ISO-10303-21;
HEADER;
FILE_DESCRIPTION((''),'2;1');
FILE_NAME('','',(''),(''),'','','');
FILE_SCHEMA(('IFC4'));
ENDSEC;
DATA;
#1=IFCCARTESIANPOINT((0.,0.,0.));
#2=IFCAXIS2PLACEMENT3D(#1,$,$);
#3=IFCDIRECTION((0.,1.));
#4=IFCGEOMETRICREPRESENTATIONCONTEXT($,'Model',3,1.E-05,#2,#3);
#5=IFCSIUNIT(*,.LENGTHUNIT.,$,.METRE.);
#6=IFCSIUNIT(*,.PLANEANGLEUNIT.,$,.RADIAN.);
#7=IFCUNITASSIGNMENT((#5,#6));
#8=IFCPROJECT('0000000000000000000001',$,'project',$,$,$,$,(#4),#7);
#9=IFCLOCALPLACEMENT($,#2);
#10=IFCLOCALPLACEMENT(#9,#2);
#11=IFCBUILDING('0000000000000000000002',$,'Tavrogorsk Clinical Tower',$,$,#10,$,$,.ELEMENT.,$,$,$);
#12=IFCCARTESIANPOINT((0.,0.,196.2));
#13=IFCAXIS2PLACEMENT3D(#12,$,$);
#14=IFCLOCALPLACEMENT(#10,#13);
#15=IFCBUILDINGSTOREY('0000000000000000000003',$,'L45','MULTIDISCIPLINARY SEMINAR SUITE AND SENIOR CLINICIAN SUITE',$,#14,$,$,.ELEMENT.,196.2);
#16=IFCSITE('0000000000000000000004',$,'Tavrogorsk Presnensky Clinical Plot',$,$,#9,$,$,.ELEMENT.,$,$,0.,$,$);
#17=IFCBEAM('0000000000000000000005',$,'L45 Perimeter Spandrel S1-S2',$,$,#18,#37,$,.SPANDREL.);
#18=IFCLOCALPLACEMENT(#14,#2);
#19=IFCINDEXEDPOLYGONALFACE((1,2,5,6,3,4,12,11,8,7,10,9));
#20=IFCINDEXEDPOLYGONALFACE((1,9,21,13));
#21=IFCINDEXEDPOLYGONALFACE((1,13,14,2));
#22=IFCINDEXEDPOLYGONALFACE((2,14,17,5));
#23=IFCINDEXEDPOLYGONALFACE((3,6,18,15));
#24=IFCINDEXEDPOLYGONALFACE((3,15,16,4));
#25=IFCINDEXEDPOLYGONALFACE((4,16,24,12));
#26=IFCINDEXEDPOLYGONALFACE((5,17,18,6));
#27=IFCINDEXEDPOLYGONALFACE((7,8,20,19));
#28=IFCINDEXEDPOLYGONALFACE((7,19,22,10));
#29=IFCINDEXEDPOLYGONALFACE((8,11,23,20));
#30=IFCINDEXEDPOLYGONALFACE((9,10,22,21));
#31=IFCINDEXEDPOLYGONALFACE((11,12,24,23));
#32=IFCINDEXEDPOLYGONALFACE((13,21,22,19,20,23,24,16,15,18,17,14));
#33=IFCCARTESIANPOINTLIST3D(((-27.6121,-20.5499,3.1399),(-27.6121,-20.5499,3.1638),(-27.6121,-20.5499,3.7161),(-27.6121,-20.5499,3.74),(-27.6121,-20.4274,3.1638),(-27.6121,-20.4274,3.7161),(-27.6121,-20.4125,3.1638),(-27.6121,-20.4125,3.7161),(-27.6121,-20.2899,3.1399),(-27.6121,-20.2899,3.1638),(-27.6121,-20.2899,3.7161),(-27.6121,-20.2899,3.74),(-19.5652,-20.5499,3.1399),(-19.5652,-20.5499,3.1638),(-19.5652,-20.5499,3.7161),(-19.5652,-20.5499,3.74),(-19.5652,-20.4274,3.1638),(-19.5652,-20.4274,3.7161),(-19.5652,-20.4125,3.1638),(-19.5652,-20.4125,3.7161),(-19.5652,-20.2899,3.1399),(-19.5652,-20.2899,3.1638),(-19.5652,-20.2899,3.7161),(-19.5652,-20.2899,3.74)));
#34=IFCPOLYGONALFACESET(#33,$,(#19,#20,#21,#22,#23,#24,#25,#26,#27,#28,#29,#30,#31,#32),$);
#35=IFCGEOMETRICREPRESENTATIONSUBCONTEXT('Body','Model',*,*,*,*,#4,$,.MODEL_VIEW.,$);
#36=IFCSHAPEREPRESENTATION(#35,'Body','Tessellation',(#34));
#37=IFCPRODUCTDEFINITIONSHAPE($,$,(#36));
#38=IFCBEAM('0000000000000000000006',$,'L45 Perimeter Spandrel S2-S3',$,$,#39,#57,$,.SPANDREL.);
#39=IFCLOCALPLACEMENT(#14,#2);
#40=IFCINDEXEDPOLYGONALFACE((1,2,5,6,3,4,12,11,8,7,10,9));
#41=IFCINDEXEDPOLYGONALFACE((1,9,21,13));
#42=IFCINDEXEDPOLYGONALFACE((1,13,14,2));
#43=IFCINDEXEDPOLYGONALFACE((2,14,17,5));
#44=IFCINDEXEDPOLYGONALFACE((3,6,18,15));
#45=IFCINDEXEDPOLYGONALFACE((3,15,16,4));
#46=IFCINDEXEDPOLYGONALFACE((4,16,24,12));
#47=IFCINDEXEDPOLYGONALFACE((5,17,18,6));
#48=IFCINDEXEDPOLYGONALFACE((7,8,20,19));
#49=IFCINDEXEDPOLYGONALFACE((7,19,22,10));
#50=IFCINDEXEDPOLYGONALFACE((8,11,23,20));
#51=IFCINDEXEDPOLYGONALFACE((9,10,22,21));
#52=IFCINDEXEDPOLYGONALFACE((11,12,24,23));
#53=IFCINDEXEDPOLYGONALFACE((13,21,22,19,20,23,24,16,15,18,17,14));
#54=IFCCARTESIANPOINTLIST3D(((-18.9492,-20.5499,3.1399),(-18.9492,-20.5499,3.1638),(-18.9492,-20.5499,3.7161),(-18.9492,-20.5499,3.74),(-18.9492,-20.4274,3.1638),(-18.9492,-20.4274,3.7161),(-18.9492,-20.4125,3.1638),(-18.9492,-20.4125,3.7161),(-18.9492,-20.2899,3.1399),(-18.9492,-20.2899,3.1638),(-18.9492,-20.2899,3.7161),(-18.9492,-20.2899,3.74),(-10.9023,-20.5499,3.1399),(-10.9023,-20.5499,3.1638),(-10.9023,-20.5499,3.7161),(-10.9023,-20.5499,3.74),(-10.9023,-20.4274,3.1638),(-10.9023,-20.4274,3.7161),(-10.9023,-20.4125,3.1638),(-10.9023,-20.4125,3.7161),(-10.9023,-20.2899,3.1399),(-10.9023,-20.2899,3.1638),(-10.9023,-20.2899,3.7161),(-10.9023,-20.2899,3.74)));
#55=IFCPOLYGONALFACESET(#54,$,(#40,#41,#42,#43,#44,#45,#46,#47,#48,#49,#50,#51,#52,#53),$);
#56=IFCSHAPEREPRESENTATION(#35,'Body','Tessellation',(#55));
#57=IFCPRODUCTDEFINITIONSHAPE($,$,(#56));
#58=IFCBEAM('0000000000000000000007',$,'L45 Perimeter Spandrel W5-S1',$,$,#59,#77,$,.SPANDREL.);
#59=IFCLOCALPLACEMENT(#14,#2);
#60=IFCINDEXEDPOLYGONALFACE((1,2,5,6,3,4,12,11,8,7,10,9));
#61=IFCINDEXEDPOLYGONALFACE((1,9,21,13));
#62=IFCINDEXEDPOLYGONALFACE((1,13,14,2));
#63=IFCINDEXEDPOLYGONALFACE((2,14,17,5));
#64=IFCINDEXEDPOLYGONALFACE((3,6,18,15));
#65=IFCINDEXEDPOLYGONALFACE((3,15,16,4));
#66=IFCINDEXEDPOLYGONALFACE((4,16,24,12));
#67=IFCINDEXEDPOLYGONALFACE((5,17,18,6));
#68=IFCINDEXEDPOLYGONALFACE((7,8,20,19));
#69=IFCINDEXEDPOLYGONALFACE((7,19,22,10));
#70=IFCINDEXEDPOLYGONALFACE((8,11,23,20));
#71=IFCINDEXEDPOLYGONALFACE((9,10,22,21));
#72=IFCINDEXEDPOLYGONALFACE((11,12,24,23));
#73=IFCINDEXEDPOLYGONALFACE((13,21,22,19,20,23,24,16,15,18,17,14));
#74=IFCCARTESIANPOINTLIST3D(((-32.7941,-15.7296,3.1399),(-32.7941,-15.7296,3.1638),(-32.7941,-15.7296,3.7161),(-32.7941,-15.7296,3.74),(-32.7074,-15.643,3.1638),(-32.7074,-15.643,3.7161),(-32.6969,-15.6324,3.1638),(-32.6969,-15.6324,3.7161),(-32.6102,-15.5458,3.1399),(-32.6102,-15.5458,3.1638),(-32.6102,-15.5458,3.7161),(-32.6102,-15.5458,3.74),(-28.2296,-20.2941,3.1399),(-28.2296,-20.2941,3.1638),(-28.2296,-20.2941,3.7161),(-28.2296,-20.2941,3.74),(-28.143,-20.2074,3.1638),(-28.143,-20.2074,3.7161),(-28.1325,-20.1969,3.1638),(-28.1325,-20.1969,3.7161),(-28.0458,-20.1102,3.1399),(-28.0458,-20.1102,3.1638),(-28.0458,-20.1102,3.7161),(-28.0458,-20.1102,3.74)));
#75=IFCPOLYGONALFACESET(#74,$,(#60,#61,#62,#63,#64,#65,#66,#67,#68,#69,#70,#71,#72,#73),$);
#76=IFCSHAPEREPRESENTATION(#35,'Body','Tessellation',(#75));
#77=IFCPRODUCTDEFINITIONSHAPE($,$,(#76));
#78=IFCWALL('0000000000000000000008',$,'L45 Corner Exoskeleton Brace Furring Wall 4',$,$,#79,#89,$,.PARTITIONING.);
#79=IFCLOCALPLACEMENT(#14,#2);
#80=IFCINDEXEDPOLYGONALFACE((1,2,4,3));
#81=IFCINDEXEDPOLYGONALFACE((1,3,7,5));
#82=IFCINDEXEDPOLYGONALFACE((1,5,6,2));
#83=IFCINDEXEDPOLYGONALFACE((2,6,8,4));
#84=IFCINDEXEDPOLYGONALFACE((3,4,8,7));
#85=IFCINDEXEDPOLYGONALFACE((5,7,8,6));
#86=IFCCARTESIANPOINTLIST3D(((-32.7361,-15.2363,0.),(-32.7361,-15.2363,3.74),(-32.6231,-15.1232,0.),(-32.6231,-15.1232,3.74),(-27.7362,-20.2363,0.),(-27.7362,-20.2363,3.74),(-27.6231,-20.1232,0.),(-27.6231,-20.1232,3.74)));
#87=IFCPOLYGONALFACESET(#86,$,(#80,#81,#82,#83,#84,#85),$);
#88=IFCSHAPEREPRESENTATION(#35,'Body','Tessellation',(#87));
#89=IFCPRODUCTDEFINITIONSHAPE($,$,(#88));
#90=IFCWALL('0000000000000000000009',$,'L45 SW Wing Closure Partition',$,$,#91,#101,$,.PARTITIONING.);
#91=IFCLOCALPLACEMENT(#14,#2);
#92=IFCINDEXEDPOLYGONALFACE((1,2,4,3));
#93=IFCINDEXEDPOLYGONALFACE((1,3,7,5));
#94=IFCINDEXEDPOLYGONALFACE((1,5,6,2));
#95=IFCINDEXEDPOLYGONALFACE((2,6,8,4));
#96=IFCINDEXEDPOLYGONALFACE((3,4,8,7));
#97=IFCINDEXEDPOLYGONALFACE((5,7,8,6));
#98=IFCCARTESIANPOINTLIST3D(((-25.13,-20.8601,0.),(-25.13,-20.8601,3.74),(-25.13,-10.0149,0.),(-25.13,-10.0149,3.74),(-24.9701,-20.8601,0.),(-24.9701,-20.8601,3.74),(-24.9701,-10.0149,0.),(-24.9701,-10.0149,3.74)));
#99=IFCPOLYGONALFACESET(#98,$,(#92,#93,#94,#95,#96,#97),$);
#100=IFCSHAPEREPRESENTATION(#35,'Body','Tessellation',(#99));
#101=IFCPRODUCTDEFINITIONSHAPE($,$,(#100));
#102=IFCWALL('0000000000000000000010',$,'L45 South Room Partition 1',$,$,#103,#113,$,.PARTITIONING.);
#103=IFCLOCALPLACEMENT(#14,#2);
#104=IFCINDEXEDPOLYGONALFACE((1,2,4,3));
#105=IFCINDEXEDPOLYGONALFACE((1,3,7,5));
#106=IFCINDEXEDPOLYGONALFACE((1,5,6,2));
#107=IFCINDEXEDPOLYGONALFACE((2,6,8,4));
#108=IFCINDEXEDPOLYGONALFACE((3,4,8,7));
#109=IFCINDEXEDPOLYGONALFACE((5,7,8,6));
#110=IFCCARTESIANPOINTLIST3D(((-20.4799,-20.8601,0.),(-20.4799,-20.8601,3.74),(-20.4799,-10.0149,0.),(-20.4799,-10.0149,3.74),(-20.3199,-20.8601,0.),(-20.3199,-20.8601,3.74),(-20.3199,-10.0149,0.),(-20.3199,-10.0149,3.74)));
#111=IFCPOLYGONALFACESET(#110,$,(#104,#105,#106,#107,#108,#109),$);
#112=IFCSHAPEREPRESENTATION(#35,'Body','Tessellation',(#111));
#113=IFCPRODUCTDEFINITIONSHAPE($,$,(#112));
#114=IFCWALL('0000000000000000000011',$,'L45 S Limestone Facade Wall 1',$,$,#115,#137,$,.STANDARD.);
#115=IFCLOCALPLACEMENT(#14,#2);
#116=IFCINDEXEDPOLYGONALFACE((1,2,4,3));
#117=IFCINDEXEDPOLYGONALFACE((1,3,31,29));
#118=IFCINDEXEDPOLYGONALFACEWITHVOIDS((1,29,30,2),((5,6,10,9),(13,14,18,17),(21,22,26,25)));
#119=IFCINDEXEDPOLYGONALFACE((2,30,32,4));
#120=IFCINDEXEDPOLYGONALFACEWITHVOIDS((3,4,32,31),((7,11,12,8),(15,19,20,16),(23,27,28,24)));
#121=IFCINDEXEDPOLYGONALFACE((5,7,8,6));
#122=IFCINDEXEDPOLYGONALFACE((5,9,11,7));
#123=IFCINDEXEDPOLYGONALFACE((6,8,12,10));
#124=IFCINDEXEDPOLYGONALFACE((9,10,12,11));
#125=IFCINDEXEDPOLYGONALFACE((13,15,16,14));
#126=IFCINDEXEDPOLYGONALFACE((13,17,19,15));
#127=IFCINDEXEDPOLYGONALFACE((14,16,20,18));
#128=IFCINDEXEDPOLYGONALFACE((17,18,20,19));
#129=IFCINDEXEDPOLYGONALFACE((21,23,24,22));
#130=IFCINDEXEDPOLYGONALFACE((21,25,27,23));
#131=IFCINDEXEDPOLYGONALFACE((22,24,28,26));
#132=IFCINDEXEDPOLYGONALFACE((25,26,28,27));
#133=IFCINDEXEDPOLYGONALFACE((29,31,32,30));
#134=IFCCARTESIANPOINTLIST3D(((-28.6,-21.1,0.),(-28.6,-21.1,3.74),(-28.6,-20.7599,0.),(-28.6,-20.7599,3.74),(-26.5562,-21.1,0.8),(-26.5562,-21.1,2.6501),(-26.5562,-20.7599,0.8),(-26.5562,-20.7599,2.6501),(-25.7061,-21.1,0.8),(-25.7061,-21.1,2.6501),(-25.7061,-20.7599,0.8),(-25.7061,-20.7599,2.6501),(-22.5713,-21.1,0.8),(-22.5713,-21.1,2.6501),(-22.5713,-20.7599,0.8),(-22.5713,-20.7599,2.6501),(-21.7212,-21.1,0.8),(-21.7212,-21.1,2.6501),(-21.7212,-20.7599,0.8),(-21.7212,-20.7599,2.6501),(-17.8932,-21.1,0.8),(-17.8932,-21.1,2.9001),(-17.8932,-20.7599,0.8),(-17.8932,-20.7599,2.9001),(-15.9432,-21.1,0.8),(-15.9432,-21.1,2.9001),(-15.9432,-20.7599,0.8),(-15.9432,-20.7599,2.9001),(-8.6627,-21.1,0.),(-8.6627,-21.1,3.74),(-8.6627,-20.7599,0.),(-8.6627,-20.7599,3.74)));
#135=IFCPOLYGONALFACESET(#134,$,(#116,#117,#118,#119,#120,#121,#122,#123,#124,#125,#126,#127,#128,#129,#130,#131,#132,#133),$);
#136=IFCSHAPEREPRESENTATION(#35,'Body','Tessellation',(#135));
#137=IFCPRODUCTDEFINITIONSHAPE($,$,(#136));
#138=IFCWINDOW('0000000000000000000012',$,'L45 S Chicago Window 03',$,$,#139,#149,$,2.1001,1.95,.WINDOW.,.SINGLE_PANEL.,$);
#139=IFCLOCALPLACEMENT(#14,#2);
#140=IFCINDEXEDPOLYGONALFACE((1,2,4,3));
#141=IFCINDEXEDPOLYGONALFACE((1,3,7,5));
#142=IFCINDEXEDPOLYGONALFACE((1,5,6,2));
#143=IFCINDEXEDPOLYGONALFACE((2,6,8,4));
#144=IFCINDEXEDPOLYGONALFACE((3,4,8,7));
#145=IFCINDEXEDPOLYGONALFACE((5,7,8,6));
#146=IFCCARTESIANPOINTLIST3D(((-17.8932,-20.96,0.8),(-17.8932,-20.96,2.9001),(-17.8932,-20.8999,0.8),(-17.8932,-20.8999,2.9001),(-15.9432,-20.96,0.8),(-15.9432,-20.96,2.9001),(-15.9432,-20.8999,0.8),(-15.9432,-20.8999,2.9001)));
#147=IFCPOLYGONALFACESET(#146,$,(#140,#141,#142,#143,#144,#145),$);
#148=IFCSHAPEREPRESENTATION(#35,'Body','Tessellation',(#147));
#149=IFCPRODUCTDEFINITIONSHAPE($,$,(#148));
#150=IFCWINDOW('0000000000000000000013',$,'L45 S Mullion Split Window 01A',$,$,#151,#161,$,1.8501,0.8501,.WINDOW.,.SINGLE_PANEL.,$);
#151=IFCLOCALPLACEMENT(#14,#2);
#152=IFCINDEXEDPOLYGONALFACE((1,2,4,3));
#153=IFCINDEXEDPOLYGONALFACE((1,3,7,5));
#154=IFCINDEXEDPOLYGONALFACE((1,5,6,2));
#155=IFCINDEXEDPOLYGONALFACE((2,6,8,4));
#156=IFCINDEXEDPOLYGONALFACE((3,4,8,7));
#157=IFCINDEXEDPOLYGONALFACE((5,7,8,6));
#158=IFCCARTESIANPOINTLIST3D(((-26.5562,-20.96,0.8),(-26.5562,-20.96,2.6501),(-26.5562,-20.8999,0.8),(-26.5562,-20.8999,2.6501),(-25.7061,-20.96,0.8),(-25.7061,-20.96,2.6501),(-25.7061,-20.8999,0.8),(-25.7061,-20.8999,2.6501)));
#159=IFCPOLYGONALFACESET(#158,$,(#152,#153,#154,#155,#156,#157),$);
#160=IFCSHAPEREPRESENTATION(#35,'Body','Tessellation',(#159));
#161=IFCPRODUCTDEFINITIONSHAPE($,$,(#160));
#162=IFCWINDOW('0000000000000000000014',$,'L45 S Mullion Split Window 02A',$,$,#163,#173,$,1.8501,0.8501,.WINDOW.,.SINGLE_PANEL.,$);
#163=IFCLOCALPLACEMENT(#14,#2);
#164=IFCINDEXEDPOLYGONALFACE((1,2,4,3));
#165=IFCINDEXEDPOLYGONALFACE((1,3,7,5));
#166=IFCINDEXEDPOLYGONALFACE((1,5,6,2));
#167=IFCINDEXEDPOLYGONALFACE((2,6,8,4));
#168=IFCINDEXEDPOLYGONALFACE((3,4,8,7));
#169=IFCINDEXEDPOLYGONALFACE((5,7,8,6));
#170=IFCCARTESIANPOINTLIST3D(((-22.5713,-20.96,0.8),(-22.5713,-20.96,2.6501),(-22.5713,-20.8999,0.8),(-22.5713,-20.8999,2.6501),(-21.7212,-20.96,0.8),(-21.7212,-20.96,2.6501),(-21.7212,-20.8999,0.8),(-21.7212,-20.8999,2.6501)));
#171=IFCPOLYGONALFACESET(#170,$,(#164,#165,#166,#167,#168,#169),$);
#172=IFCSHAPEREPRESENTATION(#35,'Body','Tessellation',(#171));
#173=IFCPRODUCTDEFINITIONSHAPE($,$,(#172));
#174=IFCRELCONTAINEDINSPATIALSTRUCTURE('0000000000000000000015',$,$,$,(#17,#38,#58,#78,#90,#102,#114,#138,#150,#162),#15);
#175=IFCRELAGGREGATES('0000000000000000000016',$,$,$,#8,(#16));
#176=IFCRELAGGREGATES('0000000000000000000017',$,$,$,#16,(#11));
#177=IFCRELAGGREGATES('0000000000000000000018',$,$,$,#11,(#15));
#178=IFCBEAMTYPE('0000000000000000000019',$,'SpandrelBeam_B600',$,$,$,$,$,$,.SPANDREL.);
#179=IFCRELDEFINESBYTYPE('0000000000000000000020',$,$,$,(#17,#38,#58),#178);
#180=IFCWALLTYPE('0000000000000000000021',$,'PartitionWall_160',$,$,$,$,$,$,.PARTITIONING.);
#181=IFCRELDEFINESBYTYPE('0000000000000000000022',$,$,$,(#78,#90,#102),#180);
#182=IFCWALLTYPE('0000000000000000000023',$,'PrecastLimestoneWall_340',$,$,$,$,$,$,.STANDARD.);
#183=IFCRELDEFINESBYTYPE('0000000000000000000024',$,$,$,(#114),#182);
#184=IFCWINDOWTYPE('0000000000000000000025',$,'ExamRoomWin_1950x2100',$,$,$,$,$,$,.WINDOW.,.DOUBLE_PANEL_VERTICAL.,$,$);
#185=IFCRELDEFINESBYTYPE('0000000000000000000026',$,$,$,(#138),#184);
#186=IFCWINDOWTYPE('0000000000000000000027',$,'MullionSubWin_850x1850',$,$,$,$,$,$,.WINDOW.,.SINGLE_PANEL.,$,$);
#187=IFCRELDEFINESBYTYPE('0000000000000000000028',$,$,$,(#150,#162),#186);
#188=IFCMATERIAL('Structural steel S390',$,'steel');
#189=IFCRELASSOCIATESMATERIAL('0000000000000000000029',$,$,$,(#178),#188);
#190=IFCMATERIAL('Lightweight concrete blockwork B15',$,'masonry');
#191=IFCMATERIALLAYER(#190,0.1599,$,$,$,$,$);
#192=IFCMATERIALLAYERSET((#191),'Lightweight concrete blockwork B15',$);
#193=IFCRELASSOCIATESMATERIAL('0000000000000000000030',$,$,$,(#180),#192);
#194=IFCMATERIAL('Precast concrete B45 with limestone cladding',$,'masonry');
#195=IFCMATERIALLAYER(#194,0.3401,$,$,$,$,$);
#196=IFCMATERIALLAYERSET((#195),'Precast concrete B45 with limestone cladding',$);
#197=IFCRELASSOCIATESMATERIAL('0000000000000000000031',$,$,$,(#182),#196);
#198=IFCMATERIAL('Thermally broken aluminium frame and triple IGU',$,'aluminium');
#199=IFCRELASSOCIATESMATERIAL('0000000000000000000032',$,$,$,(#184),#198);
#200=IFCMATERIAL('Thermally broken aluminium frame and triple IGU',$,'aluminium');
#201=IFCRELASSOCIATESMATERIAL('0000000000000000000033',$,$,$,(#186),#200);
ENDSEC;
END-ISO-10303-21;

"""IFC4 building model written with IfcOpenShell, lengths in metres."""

from ifc_helpers import new_model, si_unit, direction, frame, frame_2d, origin, origin_2d, place, context, subcontext, project, spatial, rectangle, i_section, extrude, material, layer, layer_set, material_profile, profile_set, type_object, element, fill, save


model = new_model("IFC4")

# Units and contexts
model_context = context("Model", 3, precision=1e-05, world=origin(), true_north=direction((0.0, 1.0)))
body_context = subcontext(model_context, "Body", "Model", "MODEL_VIEW")
ifc_project = project(units=[si_unit("LENGTHUNIT", "METRE"), si_unit("PLANEANGLEUNIT", "RADIAN")], contexts=[model_context])

# Site, building, storey
site_placement = place(None, origin())
site = spatial("IfcSite", under=ifc_project, at=site_placement, Name="Tavrogorsk Presnensky Clinical Plot", CompositionType="ELEMENT", RefElevation=0.0)
building_placement = place(site_placement, origin())
building = spatial("IfcBuilding", under=site, at=building_placement, Name="Tavrogorsk Clinical Tower", CompositionType="ELEMENT")
storey_placement = place(building_placement, frame((0.0, 0.0, 196.2)))
storey = spatial("IfcBuildingStorey", under=building, at=storey_placement, Name="L45", Description="MULTIDISCIPLINARY SEMINAR SUITE AND SENIOR CLINICIAN SUITE", CompositionType="ELEMENT", Elevation=196.2)

# Beams
ifc_material_1 = material(Name="Structural steel S390", Category="steel")
ifc_material_profile_1 = material_profile(ifc_material_1, i_section(OverallWidth=0.26, OverallDepth=0.6001, WebThickness=0.0149, FlangeThickness=0.0239, at=origin_2d()), Name="B-600x260x15x24")
ifc_profile_set_1 = profile_set([ifc_material_profile_1], Name="Structural steel S390")
beam_type_1 = type_object("IfcBeamType", Name="SpandrelBeam_B600", PredefinedType="SPANDREL", material=ifc_profile_set_1)
for number, where, z_axis, x_axis, name in (
    (1, (-27.6121, -20.4199, 3.4399), (1.0, 0.0, 0.0), (0.0, 1.0, 0.0), "L45 Perimeter Spandrel S1-S2"),
    (2, (-18.9492, -20.4199, 3.4399), (1.0, 0.0, 0.0), (0.0, 1.0, 0.0), "L45 Perimeter Spandrel S2-S3"),
):
    element("IfcBeam", number, at=place(storey_placement, frame(where, z_axis=z_axis, x_axis=x_axis)), inside=storey, type_object=beam_type_1, Name=name, PredefinedType="SPANDREL", context=body_context, shape_type="SweptSolid", body=[
        extrude(i_section(OverallWidth=0.26, OverallDepth=0.6001, WebThickness=0.0149, FlangeThickness=0.0239, at=origin_2d()), origin(), (0.0, 0.0, 1.0), 8.0469),
    ])
beam_1_placement = place(storey_placement, frame((-32.7021, -15.6377, 3.4399), z_axis=(0.707107, -0.707107, 0.0), x_axis=(0.707107, 0.707107, 0.0)))
element("IfcBeam", 3, at=beam_1_placement, inside=storey, type_object=beam_type_1, Name="L45 Perimeter Spandrel W5-S1", PredefinedType="SPANDREL", context=body_context, shape_type="SweptSolid", body=[
    extrude(i_section(OverallWidth=0.26, OverallDepth=0.6001, WebThickness=0.0149, FlangeThickness=0.0239, at=origin_2d()), origin(), (0.0, 0.0, 1.0), 6.4551),
])

# Walls
ifc_material_2 = material(Name="Lightweight concrete blockwork B15", Category="masonry")
ifc_layer_1 = layer(ifc_material_2, 0.1599)
ifc_layer_set_1 = layer_set([ifc_layer_1], Name="Lightweight concrete blockwork B15")
wall_type_1 = type_object("IfcWallType", Name="PartitionWall_160", PredefinedType="PARTITIONING", material=ifc_layer_set_1)
wall_1_placement = place(storey_placement, frame((-32.6797, -15.1797, 0.0), z_axis=(0.0, 0.0, 1.0), x_axis=(0.707107, -0.707107, 0.0)))
element("IfcWall", 4, at=wall_1_placement, inside=storey, type_object=wall_type_1, Name="L45 Corner Exoskeleton Brace Furring Wall 4", PredefinedType="PARTITIONING", context=body_context, shape_type="SweptSolid", body=[
    extrude(rectangle(XDim=7.071, YDim=0.1599, at=frame_2d((3.5356, 0.0))), origin(), (0.0, 0.0, 1.0), 3.74),
])
for number, where, z_axis, x_axis, name in (
    (5, (-25.05, -20.8601, 0.0), (0.0, 0.0, 1.0), (0.0, 1.0, 0.0), "L45 SW Wing Closure Partition"),
    (6, (-20.3999, -20.8601, 0.0), (0.0, 0.0, 1.0), (0.0, 1.0, 0.0), "L45 South Room Partition 1"),
):
    element("IfcWall", number, at=place(storey_placement, frame(where, z_axis=z_axis, x_axis=x_axis)), inside=storey, type_object=wall_type_1, Name=name, PredefinedType="PARTITIONING", context=body_context, shape_type="SweptSolid", body=[
        extrude(rectangle(XDim=10.8452, YDim=0.1599, at=frame_2d((5.4226, 0.0))), origin(), (0.0, 0.0, 1.0), 3.74),
    ])

# Wall, openings, windows
ifc_material_3 = material(Name="Precast concrete B45 with limestone cladding", Category="masonry")
ifc_layer_2 = layer(ifc_material_3, 0.3401)
ifc_layer_set_2 = layer_set([ifc_layer_2], Name="Precast concrete B45 with limestone cladding")
wall_type_2 = type_object("IfcWallType", Name="PrecastLimestoneWall_340", PredefinedType="STANDARD", material=ifc_layer_set_2)
wall_2_placement = place(storey_placement, frame((-28.6001, -20.9299, 0.0), z_axis=(0.0, 0.0, 1.0), x_axis=(1.0, 0.0, 0.0)))
wall_2 = element("IfcWall", 7, at=wall_2_placement, inside=storey, type_object=wall_type_2, Name="L45 S Limestone Facade Wall 1", PredefinedType="STANDARD", context=body_context, shape_type="SweptSolid", body=[
    extrude(rectangle(XDim=19.9373, YDim=0.3401, at=frame_2d((9.9688, 0.0))), origin(), (0.0, 0.0, 1.0), 3.74),
])
opening_1_placement = place(wall_2_placement, frame((2.0439, 0.0, 0.8)))
opening_1 = element("IfcOpeningElement", 8, at=opening_1_placement, cuts=wall_2, PredefinedType="OPENING", context=body_context, shape_type="SweptSolid", body=[
    extrude(rectangle(XDim=0.8501, YDim=1.8501, at=frame_2d((0.425, 0.925))), frame((0.0, 0.1799, 0.0), z_axis=(0.0, -1.0, 0.0), x_axis=(1.0, 0.0, 0.0)), (0.0, 0.0, 1.0), 0.3601),
])
opening_2_placement = place(wall_2_placement, frame((6.0288, 0.0, 0.8)))
opening_2 = element("IfcOpeningElement", 9, at=opening_2_placement, cuts=wall_2, PredefinedType="OPENING", context=body_context, shape_type="SweptSolid", body=[
    extrude(rectangle(XDim=0.8501, YDim=1.8501, at=frame_2d((0.425, 0.925))), frame((0.0, 0.1799, 0.0), z_axis=(0.0, -1.0, 0.0), x_axis=(1.0, 0.0, 0.0)), (0.0, 0.0, 1.0), 0.3601),
])
opening_3_placement = place(wall_2_placement, frame((10.7068, 0.0, 0.8)))
opening_3 = element("IfcOpeningElement", 10, at=opening_3_placement, cuts=wall_2, PredefinedType="OPENING", context=body_context, shape_type="SweptSolid", body=[
    extrude(rectangle(XDim=1.95, YDim=2.1001, at=frame_2d((0.9751, 1.05))), frame((0.0, 0.1799, 0.0), z_axis=(0.0, -1.0, 0.0), x_axis=(1.0, 0.0, 0.0)), (0.0, 0.0, 1.0), 0.3601),
])
ifc_material_4 = material(Name="Thermally broken aluminium frame and triple IGU", Category="aluminium")
window_type_1 = type_object("IfcWindowType", Name="ExamRoomWin_1950x2100", PartitioningType="DOUBLE_PANEL_VERTICAL", PredefinedType="WINDOW", material=ifc_material_4)
window_1_placement = place(opening_3_placement, origin())
window_1 = element("IfcWindow", 11, at=window_1_placement, inside=storey, type_object=window_type_1, Name="L45 S Chicago Window 03", OverallHeight=2.1001, OverallWidth=1.95, PartitioningType="SINGLE_PANEL", PredefinedType="WINDOW", context=body_context, shape_type="SweptSolid", body=[
    extrude(rectangle(XDim=1.95, YDim=2.1001, at=frame_2d((0.9751, 1.05))), frame((0.0, 0.03, 0.0), z_axis=(0.0, -1.0, 0.0), x_axis=(1.0, 0.0, 0.0)), (0.0, 0.0, 1.0), 0.0601),
])
fill(opening_3, window_1)
ifc_material_5 = material(Name="Thermally broken aluminium frame and triple IGU", Category="aluminium")
window_type_2 = type_object("IfcWindowType", Name="MullionSubWin_850x1850", PartitioningType="SINGLE_PANEL", PredefinedType="WINDOW", material=ifc_material_5)
window_2_placement = place(opening_1_placement, origin())
window_2 = element("IfcWindow", 12, at=window_2_placement, inside=storey, type_object=window_type_2, Name="L45 S Mullion Split Window 01A", OverallHeight=1.8501, OverallWidth=0.8501, PartitioningType="SINGLE_PANEL", PredefinedType="WINDOW", context=body_context, shape_type="SweptSolid", body=[
    extrude(rectangle(XDim=0.8501, YDim=1.8501, at=frame_2d((0.425, 0.925))), frame((0.0, 0.03, 0.0), z_axis=(0.0, -1.0, 0.0), x_axis=(1.0, 0.0, 0.0)), (0.0, 0.0, 1.0), 0.0601),
])
fill(opening_1, window_2)
window_3_placement = place(opening_2_placement, origin())
window_3 = element("IfcWindow", 13, at=window_3_placement, inside=storey, type_object=window_type_2, Name="L45 S Mullion Split Window 02A", OverallHeight=1.8501, OverallWidth=0.8501, PartitioningType="SINGLE_PANEL", PredefinedType="WINDOW", context=body_context, shape_type="SweptSolid", body=[
    extrude(rectangle(XDim=0.8501, YDim=1.8501, at=frame_2d((0.425, 0.925))), frame((0.0, 0.03, 0.0), z_axis=(0.0, -1.0, 0.0), x_axis=(1.0, 0.0, 0.0)), (0.0, 0.0, 1.0), 0.0601),
])
fill(opening_2, window_3)

save(model, "model.ifc")
